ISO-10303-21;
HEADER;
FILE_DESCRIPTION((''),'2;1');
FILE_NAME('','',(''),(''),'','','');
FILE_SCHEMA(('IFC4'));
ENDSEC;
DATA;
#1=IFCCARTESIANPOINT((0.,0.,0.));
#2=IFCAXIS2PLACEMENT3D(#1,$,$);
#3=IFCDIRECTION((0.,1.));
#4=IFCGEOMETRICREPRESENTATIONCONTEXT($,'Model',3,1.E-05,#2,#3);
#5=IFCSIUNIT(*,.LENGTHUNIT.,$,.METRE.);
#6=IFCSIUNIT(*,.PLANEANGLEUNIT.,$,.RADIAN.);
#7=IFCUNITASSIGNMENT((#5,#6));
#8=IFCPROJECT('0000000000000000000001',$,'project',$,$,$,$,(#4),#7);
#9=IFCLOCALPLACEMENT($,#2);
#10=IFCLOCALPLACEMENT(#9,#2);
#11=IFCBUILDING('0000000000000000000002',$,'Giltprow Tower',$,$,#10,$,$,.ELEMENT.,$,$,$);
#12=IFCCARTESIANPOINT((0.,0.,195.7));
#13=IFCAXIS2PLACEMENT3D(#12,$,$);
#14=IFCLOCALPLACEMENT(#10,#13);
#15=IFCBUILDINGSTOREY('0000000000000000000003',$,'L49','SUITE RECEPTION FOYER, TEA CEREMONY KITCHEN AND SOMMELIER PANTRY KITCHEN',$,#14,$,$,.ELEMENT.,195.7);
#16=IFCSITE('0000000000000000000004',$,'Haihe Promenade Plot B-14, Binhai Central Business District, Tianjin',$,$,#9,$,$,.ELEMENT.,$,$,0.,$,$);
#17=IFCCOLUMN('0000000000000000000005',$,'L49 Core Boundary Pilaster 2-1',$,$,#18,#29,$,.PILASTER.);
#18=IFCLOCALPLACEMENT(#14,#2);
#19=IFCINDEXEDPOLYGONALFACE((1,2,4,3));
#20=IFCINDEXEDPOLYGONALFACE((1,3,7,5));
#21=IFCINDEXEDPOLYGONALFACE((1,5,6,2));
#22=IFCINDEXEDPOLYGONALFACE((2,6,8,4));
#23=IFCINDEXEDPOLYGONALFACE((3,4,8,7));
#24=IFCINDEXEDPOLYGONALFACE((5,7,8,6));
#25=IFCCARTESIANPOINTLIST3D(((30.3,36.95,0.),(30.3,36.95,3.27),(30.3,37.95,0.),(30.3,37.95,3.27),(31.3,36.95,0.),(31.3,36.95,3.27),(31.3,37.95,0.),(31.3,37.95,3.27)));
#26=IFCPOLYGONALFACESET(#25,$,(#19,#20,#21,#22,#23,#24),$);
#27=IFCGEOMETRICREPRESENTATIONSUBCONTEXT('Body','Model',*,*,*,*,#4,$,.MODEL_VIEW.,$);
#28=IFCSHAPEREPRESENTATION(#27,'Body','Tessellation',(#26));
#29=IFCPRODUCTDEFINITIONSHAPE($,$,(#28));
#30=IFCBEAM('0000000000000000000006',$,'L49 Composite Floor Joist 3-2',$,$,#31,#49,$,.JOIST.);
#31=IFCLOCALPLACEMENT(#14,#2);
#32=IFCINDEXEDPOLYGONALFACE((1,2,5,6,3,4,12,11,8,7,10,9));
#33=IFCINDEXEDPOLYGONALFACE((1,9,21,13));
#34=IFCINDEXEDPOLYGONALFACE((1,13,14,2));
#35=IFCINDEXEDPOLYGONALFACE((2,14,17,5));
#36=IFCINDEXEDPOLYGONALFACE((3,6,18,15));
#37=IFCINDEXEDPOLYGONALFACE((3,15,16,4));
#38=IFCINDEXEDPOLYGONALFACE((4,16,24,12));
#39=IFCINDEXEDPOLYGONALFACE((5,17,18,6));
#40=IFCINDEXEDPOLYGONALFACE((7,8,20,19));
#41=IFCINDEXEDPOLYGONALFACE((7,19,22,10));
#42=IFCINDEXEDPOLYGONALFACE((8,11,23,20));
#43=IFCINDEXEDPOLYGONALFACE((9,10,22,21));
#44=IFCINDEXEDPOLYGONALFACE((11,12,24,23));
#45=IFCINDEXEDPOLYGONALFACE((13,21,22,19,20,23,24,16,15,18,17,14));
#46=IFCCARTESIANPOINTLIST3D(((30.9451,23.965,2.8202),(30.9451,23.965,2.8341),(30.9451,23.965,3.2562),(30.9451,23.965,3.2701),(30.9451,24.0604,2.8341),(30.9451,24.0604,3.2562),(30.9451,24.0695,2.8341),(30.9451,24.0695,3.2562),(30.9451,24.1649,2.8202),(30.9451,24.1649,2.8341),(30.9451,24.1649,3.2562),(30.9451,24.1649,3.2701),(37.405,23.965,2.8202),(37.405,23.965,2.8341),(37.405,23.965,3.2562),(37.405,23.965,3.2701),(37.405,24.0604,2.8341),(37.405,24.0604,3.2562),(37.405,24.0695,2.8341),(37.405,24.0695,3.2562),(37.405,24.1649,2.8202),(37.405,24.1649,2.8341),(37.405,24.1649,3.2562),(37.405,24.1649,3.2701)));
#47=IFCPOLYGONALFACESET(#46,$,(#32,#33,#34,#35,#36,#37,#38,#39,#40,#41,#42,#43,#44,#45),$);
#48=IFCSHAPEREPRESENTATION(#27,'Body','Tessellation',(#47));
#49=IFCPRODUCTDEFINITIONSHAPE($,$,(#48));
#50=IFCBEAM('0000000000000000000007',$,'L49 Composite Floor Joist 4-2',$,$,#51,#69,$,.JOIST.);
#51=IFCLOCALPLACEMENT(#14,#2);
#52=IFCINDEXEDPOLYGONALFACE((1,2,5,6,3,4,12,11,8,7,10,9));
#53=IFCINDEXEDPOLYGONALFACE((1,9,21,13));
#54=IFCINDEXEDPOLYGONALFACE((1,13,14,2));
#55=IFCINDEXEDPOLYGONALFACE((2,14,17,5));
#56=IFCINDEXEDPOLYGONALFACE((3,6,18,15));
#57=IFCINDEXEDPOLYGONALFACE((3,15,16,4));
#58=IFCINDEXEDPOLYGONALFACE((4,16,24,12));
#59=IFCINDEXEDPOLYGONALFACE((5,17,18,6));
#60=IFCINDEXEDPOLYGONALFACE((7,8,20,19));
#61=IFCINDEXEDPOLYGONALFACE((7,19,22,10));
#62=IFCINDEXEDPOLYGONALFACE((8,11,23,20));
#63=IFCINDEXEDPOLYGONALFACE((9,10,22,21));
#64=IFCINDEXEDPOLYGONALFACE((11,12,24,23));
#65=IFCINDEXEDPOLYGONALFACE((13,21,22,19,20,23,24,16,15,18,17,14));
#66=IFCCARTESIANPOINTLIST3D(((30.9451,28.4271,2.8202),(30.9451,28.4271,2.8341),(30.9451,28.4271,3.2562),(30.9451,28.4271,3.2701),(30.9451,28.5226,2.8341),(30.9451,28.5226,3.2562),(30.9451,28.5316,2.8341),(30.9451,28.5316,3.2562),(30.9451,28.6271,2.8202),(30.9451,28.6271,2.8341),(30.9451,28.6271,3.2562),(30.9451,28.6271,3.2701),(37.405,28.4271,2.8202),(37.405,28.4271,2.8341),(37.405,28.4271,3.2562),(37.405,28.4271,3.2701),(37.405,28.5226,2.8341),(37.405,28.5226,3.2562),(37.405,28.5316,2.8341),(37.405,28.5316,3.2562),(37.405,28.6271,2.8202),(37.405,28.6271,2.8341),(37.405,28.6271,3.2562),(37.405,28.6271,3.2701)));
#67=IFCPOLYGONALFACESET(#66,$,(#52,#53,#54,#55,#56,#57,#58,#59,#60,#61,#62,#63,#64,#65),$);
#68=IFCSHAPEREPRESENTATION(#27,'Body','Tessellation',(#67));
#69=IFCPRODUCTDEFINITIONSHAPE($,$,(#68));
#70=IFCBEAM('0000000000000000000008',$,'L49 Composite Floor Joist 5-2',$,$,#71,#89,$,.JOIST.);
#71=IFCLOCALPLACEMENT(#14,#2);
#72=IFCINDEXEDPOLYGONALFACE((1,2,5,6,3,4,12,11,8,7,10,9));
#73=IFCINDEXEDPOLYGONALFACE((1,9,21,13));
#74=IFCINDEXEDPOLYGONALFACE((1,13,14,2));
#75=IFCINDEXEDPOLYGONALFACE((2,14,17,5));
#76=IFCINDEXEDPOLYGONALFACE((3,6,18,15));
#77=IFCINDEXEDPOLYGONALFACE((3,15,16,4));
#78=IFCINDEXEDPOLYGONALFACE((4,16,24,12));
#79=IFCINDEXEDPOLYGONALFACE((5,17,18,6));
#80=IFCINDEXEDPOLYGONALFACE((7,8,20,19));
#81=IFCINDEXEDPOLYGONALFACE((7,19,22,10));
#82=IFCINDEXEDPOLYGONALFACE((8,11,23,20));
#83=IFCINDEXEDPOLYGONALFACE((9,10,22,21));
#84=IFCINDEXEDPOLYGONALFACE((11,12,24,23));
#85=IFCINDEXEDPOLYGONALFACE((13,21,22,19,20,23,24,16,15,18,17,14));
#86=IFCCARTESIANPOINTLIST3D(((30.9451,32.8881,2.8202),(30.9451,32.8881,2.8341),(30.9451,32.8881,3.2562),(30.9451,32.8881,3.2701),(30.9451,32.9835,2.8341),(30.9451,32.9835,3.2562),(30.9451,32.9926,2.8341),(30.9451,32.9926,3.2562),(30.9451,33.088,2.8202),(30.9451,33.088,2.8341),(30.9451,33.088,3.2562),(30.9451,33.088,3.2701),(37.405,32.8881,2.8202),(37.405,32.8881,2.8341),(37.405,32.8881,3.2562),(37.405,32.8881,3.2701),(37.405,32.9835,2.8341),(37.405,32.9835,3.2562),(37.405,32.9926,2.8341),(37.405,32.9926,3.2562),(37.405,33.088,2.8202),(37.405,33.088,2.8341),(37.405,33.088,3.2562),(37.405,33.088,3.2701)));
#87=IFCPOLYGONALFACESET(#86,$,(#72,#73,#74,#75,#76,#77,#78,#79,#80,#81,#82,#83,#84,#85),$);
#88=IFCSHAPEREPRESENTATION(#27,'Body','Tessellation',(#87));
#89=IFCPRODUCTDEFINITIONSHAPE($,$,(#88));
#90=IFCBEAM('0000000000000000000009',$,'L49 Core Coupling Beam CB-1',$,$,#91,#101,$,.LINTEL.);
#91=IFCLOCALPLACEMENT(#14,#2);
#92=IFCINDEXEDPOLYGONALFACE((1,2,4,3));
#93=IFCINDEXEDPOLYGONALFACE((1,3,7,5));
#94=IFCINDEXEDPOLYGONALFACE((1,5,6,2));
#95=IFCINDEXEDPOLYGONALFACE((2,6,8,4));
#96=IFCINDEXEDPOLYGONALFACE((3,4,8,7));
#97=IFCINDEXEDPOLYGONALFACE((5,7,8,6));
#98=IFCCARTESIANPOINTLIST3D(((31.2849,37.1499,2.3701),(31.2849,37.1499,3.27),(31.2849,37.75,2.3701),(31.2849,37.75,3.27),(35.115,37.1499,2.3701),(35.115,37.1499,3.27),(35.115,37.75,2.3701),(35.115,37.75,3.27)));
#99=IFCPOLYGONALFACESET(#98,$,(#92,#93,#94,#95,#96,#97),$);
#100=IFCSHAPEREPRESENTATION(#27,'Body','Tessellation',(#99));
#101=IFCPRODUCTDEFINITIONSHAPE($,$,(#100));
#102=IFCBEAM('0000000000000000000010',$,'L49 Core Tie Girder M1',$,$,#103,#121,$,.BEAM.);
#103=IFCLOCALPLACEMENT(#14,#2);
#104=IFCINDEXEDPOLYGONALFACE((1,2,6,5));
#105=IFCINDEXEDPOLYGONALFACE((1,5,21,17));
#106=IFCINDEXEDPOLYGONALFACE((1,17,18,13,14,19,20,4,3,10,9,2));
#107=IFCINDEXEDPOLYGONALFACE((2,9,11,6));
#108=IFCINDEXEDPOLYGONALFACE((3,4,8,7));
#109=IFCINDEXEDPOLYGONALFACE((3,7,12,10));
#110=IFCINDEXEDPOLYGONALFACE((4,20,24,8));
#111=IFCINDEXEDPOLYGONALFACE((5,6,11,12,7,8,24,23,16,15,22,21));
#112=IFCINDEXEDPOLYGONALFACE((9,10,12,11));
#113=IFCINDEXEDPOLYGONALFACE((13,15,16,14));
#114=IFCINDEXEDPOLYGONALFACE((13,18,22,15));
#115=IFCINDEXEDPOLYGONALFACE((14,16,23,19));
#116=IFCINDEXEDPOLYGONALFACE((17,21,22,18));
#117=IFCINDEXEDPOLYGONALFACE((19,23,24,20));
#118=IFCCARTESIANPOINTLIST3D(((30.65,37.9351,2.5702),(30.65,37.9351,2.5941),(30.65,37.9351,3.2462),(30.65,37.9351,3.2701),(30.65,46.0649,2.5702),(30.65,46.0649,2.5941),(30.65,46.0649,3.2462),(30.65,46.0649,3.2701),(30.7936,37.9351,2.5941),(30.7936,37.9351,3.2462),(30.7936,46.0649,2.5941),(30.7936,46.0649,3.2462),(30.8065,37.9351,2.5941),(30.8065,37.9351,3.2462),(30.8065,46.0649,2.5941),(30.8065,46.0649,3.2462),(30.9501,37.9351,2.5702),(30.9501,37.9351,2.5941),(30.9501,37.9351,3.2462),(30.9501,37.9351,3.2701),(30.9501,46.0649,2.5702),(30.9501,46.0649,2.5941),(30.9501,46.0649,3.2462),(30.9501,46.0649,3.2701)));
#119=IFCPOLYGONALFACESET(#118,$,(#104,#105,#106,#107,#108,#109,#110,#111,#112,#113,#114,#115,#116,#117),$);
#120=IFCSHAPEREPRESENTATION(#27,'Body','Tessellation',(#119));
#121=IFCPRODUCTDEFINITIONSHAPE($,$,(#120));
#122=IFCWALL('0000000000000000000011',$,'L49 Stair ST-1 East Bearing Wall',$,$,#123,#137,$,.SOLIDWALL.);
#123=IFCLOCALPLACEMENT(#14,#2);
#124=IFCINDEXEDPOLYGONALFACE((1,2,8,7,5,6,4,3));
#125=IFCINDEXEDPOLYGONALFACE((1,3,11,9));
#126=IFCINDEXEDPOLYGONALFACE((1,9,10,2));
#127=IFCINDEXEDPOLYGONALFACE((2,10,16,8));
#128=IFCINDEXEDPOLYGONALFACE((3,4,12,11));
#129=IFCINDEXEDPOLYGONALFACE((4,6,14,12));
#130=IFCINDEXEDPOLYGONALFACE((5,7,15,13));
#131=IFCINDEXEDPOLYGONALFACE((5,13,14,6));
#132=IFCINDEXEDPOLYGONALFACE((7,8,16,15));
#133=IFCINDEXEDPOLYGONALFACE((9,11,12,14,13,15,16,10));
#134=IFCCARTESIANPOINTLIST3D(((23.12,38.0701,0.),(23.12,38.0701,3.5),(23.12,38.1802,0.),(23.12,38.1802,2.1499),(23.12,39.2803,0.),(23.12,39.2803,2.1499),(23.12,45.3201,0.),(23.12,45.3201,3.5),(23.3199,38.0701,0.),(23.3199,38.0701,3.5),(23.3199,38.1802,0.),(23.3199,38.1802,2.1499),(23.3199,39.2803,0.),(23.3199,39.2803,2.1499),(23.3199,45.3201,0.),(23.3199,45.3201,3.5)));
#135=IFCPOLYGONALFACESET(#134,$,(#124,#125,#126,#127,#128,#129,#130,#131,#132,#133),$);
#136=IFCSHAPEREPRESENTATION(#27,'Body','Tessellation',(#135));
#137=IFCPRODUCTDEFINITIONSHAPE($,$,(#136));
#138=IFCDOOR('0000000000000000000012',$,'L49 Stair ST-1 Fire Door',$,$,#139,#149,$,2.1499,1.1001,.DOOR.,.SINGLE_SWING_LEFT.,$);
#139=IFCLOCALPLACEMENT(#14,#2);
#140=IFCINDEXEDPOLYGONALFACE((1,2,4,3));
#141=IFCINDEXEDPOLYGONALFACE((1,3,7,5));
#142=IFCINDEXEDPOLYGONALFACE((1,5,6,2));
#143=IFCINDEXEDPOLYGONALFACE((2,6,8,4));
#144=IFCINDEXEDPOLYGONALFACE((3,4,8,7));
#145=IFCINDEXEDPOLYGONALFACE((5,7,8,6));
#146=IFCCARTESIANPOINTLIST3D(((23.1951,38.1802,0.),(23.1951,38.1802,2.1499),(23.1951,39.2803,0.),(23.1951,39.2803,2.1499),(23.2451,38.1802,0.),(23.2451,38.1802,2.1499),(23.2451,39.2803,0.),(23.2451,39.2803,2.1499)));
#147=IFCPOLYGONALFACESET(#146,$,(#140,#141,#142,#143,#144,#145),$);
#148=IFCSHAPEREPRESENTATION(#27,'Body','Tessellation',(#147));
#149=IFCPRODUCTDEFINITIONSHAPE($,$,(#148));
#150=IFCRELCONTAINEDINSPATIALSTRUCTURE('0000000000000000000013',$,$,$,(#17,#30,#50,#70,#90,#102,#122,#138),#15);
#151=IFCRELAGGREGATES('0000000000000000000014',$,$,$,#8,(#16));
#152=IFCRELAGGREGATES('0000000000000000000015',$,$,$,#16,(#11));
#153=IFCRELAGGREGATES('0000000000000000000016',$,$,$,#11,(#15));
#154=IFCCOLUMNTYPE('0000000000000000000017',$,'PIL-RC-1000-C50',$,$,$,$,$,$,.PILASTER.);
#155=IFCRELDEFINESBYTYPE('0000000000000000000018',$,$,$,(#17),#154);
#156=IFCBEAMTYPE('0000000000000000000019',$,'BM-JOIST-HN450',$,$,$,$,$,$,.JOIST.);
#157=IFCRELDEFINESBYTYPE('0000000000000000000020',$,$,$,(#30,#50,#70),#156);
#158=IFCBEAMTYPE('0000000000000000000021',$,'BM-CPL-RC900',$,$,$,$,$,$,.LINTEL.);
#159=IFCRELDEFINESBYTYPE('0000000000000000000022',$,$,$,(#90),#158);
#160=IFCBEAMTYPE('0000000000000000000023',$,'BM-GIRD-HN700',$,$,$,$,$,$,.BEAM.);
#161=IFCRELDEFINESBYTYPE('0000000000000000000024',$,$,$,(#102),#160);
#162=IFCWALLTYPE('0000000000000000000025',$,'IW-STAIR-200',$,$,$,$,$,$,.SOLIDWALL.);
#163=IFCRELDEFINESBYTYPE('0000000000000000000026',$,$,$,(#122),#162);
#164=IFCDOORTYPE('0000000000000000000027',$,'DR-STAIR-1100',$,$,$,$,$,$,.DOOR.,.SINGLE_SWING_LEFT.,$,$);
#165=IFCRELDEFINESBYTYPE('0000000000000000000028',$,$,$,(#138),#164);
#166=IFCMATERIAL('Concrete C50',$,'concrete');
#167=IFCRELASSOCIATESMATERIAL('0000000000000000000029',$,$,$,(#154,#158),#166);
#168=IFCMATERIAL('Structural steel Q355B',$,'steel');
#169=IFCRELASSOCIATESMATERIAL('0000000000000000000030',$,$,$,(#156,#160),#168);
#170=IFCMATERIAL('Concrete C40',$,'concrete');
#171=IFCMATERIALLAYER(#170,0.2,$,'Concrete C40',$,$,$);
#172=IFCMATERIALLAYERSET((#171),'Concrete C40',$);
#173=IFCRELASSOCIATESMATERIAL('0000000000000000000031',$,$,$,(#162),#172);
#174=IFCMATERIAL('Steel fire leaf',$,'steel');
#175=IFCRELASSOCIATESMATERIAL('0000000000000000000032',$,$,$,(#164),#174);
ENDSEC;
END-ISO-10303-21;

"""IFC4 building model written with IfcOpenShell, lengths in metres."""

from ifc_helpers import new_model, si_unit, direction, frame, frame_2d, origin, origin_2d, place, context, subcontext, project, spatial, rectangle, i_section, extrude, source, transform, mapped, material, layer, layer_set, material_profile, profile_set, type_object, element, fill, save


model = new_model("IFC4")

# Units and contexts
model_context = context("Model", 3, precision=1e-05, world=origin(), true_north=direction((0.0, 1.0)))
body_context = subcontext(model_context, "Body", "Model", "MODEL_VIEW")
ifc_project = project(units=[si_unit("LENGTHUNIT", "METRE"), si_unit("PLANEANGLEUNIT", "RADIAN")], contexts=[model_context])

# Site, building, storey
site_placement = place(None, origin())
site = spatial("IfcSite", under=ifc_project, at=site_placement, Name="Haihe Promenade Plot B-14, Binhai Central Business District, Tianjin", CompositionType="ELEMENT", RefElevation=0.0)
building_placement = place(site_placement, origin())
building = spatial("IfcBuilding", under=site, at=building_placement, Name="Giltprow Tower", CompositionType="ELEMENT")
storey_placement = place(building_placement, frame((0.0, 0.0, 195.7)))
storey = spatial("IfcBuildingStorey", under=building, at=storey_placement, Name="L49", Description="SUITE RECEPTION FOYER, TEA CEREMONY KITCHEN AND SOMMELIER PANTRY KITCHEN", CompositionType="ELEMENT", Elevation=195.7)

# Column
ifc_material_1 = material(Name="Concrete C50", Category="concrete")
ifc_material_profile_1 = material_profile(ifc_material_1, rectangle(XDim=1.0, YDim=1.0, at=origin_2d()), Name="RC 1000x1000")
ifc_profile_set_1 = profile_set([ifc_material_profile_1], Name="Concrete C50")
column_type = type_object("IfcColumnType", Name="PIL-RC-1000-C50", PredefinedType="PILASTER", material=ifc_profile_set_1)
shared_shape_1 = source(origin(), body_context, "Body", "SweptSolid", [
    extrude(rectangle(XDim=1.0, YDim=1.0, at=origin_2d()), origin(), (0.0, 0.0, 1.0), 3.27),
])
column_placement = place(storey_placement, frame((30.8, 37.45, 0.0), z_axis=(0.0, 0.0, 1.0), x_axis=(1.0, 0.0, 0.0)))
element("IfcColumn", 1, at=column_placement, inside=storey, type_object=column_type, Name="L49 Core Boundary Pilaster 2-1", PredefinedType="PILASTER", context=body_context, shape_type="MappedRepresentation", body=[
    mapped(shared_shape_1, transform((0.0, 0.0, 0.0), x_axis=(1.0, 0.0, 0.0), y_axis=(0.0, 1.0, 0.0), z_axis=(0.0, 0.0, 1.0), scale=1.0)),
])

# Beams
ifc_material_2 = material(Name="Structural steel Q355B", Category="steel")
ifc_material_profile_2 = material_profile(ifc_material_2, i_section(OverallWidth=0.2, OverallDepth=0.45, WebThickness=0.009, FlangeThickness=0.0139, at=origin_2d()), Name="HN 450x200x9x14")
ifc_profile_set_2 = profile_set([ifc_material_profile_2], Name="Structural steel Q355B")
beam_type_1 = type_object("IfcBeamType", Name="BM-JOIST-HN450", PredefinedType="JOIST", material=ifc_profile_set_2)
shared_shape_2 = source(origin(), body_context, "Body", "SweptSolid", [
    extrude(i_section(OverallWidth=0.2, OverallDepth=0.45, WebThickness=0.009, FlangeThickness=0.0139, at=origin_2d()), origin(), (0.0, 0.0, 1.0), 6.46),
])
for number, where, z_axis, x_axis, name in (
    (2, (30.9451, 24.0649, 3.0452), (1.0, 0.0, 0.0), (0.0, 1.0, 0.0), "L49 Composite Floor Joist 3-2"),
    (3, (30.9451, 28.5271, 3.0452), (1.0, 0.0, 0.0), (0.0, 1.0, 0.0), "L49 Composite Floor Joist 4-2"),
    (4, (30.9451, 32.988, 3.0452), (1.0, 0.0, 0.0), (0.0, 1.0, 0.0), "L49 Composite Floor Joist 5-2"),
):
    element("IfcBeam", number, at=place(storey_placement, frame(where, z_axis=z_axis, x_axis=x_axis)), inside=storey, type_object=beam_type_1, Name=name, PredefinedType="JOIST", context=body_context, shape_type="MappedRepresentation", body=[
        mapped(shared_shape_2, transform((0.0, 0.0, 0.0), x_axis=(1.0, 0.0, 0.0), y_axis=(0.0, 1.0, 0.0), z_axis=(0.0, 0.0, 1.0), scale=1.0)),
    ])
ifc_material_profile_3 = material_profile(ifc_material_1, rectangle(XDim=0.6001, YDim=0.8999, at=origin_2d()), Name="RC 900x600")
ifc_profile_set_3 = profile_set([ifc_material_profile_3], Name="Concrete C50")
beam_type_2 = type_object("IfcBeamType", Name="BM-CPL-RC900", PredefinedType="LINTEL", material=ifc_profile_set_3)
shared_shape_3 = source(origin(), body_context, "Body", "SweptSolid", [
    extrude(rectangle(XDim=0.6001, YDim=0.8999, at=origin_2d()), origin(), (0.0, 0.0, 1.0), 3.8301),
])
beam_1_placement = place(storey_placement, frame((31.2849, 37.45, 2.8201), z_axis=(1.0, 0.0, 0.0), x_axis=(0.0, 1.0, 0.0)))
element("IfcBeam", 5, at=beam_1_placement, inside=storey, type_object=beam_type_2, Name="L49 Core Coupling Beam CB-1", PredefinedType="LINTEL", context=body_context, shape_type="MappedRepresentation", body=[
    mapped(shared_shape_3, transform((0.0, 0.0, 0.0), x_axis=(1.0, 0.0, 0.0), y_axis=(0.0, 1.0, 0.0), z_axis=(0.0, 0.0, 1.0), scale=1.0)),
])
ifc_material_profile_4 = material_profile(ifc_material_2, i_section(OverallWidth=0.3, OverallDepth=0.7, WebThickness=0.0129, FlangeThickness=0.0239, at=origin_2d()), Name="HN 700x300x13x24")
ifc_profile_set_4 = profile_set([ifc_material_profile_4], Name="Structural steel Q355B")
beam_type_3 = type_object("IfcBeamType", Name="BM-GIRD-HN700", PredefinedType="BEAM", material=ifc_profile_set_4)
shared_shape_4 = source(origin(), body_context, "Body", "SweptSolid", [
    extrude(i_section(OverallWidth=0.3, OverallDepth=0.7, WebThickness=0.0129, FlangeThickness=0.0239, at=origin_2d()), origin(), (0.0, 0.0, 1.0), 8.1299),
])
beam_2_placement = place(storey_placement, frame((30.8, 37.9351, 2.9202), z_axis=(0.0, 1.0, 0.0), x_axis=(-1.0, 0.0, 0.0)))
element("IfcBeam", 6, at=beam_2_placement, inside=storey, type_object=beam_type_3, Name="L49 Core Tie Girder M1", PredefinedType="BEAM", context=body_context, shape_type="MappedRepresentation", body=[
    mapped(shared_shape_4, transform((0.0, 0.0, 0.0), x_axis=(1.0, 0.0, 0.0), y_axis=(0.0, 1.0, 0.0), z_axis=(0.0, 0.0, 1.0), scale=1.0)),
])

# Wall, opening, door
ifc_material_3 = material(Name="Concrete C40", Category="concrete")
ifc_layer = layer(ifc_material_3, 0.2, Name="Concrete C40")
ifc_layer_set = layer_set([ifc_layer], Name="Concrete C40")
wall_type = type_object("IfcWallType", Name="IW-STAIR-200", PredefinedType="SOLIDWALL", material=ifc_layer_set)
wall_1_placement = place(storey_placement, frame((23.22, 38.0701, 0.0), z_axis=(0.0, 0.0, 1.0), x_axis=(0.0, 1.0, 0.0)))
wall_1 = element("IfcWall", 7, at=wall_1_placement, inside=storey, type_object=wall_type, Name="L49 Stair ST-1 East Bearing Wall", PredefinedType="SOLIDWALL", context=body_context, shape_type="SweptSolid", body=[
    extrude(rectangle(XDim=7.25, YDim=0.2, at=frame_2d((3.625, 0.0))), origin(), (0.0, 0.0, 1.0), 3.5),
])
opening_1_placement = place(wall_1_placement, frame((0.1101, 0.0, 0.0)))
opening_1 = element("IfcOpeningElement", 8, at=opening_1_placement, cuts=wall_1, PredefinedType="OPENING", context=body_context, shape_type="SweptSolid", body=[
    extrude(rectangle(XDim=1.1001, YDim=2.1499, at=frame_2d((0.55, 1.075))), frame((0.0, 0.1099, 0.0), z_axis=(0.0, -1.0, 0.0), x_axis=(1.0, 0.0, 0.0)), (0.0, 0.0, 1.0), 0.22),
])
ifc_material_4 = material(Name="Steel fire leaf", Category="steel")
door_type = type_object("IfcDoorType", Name="DR-STAIR-1100", OperationType="SINGLE_SWING_LEFT", PredefinedType="DOOR", material=ifc_material_4)
shared_shape_5 = source(origin(), body_context, "Body", "SweptSolid", [
    extrude(rectangle(XDim=1.1001, YDim=2.1499, at=frame_2d((0.55, 1.075))), frame((0.0, 0.0249, 0.0), z_axis=(0.0, -1.0, 0.0), x_axis=(1.0, 0.0, 0.0)), (0.0, 0.0, 1.0), 0.05),
])
door_1_placement = place(opening_1_placement, origin())
door_1 = element("IfcDoor", 9, at=door_1_placement, inside=storey, type_object=door_type, Name="L49 Stair ST-1 Fire Door", OperationType="SINGLE_SWING_LEFT", OverallHeight=2.1499, OverallWidth=1.1001, PredefinedType="DOOR", context=body_context, shape_type="MappedRepresentation", body=[
    mapped(shared_shape_5, transform((0.0, 0.0, 0.0), x_axis=(1.0, 0.0, 0.0), y_axis=(0.0, 1.0, 0.0), z_axis=(0.0, 0.0, 1.0), scale=1.0)),
])
fill(opening_1, door_1)

save(model, "model.ifc")
